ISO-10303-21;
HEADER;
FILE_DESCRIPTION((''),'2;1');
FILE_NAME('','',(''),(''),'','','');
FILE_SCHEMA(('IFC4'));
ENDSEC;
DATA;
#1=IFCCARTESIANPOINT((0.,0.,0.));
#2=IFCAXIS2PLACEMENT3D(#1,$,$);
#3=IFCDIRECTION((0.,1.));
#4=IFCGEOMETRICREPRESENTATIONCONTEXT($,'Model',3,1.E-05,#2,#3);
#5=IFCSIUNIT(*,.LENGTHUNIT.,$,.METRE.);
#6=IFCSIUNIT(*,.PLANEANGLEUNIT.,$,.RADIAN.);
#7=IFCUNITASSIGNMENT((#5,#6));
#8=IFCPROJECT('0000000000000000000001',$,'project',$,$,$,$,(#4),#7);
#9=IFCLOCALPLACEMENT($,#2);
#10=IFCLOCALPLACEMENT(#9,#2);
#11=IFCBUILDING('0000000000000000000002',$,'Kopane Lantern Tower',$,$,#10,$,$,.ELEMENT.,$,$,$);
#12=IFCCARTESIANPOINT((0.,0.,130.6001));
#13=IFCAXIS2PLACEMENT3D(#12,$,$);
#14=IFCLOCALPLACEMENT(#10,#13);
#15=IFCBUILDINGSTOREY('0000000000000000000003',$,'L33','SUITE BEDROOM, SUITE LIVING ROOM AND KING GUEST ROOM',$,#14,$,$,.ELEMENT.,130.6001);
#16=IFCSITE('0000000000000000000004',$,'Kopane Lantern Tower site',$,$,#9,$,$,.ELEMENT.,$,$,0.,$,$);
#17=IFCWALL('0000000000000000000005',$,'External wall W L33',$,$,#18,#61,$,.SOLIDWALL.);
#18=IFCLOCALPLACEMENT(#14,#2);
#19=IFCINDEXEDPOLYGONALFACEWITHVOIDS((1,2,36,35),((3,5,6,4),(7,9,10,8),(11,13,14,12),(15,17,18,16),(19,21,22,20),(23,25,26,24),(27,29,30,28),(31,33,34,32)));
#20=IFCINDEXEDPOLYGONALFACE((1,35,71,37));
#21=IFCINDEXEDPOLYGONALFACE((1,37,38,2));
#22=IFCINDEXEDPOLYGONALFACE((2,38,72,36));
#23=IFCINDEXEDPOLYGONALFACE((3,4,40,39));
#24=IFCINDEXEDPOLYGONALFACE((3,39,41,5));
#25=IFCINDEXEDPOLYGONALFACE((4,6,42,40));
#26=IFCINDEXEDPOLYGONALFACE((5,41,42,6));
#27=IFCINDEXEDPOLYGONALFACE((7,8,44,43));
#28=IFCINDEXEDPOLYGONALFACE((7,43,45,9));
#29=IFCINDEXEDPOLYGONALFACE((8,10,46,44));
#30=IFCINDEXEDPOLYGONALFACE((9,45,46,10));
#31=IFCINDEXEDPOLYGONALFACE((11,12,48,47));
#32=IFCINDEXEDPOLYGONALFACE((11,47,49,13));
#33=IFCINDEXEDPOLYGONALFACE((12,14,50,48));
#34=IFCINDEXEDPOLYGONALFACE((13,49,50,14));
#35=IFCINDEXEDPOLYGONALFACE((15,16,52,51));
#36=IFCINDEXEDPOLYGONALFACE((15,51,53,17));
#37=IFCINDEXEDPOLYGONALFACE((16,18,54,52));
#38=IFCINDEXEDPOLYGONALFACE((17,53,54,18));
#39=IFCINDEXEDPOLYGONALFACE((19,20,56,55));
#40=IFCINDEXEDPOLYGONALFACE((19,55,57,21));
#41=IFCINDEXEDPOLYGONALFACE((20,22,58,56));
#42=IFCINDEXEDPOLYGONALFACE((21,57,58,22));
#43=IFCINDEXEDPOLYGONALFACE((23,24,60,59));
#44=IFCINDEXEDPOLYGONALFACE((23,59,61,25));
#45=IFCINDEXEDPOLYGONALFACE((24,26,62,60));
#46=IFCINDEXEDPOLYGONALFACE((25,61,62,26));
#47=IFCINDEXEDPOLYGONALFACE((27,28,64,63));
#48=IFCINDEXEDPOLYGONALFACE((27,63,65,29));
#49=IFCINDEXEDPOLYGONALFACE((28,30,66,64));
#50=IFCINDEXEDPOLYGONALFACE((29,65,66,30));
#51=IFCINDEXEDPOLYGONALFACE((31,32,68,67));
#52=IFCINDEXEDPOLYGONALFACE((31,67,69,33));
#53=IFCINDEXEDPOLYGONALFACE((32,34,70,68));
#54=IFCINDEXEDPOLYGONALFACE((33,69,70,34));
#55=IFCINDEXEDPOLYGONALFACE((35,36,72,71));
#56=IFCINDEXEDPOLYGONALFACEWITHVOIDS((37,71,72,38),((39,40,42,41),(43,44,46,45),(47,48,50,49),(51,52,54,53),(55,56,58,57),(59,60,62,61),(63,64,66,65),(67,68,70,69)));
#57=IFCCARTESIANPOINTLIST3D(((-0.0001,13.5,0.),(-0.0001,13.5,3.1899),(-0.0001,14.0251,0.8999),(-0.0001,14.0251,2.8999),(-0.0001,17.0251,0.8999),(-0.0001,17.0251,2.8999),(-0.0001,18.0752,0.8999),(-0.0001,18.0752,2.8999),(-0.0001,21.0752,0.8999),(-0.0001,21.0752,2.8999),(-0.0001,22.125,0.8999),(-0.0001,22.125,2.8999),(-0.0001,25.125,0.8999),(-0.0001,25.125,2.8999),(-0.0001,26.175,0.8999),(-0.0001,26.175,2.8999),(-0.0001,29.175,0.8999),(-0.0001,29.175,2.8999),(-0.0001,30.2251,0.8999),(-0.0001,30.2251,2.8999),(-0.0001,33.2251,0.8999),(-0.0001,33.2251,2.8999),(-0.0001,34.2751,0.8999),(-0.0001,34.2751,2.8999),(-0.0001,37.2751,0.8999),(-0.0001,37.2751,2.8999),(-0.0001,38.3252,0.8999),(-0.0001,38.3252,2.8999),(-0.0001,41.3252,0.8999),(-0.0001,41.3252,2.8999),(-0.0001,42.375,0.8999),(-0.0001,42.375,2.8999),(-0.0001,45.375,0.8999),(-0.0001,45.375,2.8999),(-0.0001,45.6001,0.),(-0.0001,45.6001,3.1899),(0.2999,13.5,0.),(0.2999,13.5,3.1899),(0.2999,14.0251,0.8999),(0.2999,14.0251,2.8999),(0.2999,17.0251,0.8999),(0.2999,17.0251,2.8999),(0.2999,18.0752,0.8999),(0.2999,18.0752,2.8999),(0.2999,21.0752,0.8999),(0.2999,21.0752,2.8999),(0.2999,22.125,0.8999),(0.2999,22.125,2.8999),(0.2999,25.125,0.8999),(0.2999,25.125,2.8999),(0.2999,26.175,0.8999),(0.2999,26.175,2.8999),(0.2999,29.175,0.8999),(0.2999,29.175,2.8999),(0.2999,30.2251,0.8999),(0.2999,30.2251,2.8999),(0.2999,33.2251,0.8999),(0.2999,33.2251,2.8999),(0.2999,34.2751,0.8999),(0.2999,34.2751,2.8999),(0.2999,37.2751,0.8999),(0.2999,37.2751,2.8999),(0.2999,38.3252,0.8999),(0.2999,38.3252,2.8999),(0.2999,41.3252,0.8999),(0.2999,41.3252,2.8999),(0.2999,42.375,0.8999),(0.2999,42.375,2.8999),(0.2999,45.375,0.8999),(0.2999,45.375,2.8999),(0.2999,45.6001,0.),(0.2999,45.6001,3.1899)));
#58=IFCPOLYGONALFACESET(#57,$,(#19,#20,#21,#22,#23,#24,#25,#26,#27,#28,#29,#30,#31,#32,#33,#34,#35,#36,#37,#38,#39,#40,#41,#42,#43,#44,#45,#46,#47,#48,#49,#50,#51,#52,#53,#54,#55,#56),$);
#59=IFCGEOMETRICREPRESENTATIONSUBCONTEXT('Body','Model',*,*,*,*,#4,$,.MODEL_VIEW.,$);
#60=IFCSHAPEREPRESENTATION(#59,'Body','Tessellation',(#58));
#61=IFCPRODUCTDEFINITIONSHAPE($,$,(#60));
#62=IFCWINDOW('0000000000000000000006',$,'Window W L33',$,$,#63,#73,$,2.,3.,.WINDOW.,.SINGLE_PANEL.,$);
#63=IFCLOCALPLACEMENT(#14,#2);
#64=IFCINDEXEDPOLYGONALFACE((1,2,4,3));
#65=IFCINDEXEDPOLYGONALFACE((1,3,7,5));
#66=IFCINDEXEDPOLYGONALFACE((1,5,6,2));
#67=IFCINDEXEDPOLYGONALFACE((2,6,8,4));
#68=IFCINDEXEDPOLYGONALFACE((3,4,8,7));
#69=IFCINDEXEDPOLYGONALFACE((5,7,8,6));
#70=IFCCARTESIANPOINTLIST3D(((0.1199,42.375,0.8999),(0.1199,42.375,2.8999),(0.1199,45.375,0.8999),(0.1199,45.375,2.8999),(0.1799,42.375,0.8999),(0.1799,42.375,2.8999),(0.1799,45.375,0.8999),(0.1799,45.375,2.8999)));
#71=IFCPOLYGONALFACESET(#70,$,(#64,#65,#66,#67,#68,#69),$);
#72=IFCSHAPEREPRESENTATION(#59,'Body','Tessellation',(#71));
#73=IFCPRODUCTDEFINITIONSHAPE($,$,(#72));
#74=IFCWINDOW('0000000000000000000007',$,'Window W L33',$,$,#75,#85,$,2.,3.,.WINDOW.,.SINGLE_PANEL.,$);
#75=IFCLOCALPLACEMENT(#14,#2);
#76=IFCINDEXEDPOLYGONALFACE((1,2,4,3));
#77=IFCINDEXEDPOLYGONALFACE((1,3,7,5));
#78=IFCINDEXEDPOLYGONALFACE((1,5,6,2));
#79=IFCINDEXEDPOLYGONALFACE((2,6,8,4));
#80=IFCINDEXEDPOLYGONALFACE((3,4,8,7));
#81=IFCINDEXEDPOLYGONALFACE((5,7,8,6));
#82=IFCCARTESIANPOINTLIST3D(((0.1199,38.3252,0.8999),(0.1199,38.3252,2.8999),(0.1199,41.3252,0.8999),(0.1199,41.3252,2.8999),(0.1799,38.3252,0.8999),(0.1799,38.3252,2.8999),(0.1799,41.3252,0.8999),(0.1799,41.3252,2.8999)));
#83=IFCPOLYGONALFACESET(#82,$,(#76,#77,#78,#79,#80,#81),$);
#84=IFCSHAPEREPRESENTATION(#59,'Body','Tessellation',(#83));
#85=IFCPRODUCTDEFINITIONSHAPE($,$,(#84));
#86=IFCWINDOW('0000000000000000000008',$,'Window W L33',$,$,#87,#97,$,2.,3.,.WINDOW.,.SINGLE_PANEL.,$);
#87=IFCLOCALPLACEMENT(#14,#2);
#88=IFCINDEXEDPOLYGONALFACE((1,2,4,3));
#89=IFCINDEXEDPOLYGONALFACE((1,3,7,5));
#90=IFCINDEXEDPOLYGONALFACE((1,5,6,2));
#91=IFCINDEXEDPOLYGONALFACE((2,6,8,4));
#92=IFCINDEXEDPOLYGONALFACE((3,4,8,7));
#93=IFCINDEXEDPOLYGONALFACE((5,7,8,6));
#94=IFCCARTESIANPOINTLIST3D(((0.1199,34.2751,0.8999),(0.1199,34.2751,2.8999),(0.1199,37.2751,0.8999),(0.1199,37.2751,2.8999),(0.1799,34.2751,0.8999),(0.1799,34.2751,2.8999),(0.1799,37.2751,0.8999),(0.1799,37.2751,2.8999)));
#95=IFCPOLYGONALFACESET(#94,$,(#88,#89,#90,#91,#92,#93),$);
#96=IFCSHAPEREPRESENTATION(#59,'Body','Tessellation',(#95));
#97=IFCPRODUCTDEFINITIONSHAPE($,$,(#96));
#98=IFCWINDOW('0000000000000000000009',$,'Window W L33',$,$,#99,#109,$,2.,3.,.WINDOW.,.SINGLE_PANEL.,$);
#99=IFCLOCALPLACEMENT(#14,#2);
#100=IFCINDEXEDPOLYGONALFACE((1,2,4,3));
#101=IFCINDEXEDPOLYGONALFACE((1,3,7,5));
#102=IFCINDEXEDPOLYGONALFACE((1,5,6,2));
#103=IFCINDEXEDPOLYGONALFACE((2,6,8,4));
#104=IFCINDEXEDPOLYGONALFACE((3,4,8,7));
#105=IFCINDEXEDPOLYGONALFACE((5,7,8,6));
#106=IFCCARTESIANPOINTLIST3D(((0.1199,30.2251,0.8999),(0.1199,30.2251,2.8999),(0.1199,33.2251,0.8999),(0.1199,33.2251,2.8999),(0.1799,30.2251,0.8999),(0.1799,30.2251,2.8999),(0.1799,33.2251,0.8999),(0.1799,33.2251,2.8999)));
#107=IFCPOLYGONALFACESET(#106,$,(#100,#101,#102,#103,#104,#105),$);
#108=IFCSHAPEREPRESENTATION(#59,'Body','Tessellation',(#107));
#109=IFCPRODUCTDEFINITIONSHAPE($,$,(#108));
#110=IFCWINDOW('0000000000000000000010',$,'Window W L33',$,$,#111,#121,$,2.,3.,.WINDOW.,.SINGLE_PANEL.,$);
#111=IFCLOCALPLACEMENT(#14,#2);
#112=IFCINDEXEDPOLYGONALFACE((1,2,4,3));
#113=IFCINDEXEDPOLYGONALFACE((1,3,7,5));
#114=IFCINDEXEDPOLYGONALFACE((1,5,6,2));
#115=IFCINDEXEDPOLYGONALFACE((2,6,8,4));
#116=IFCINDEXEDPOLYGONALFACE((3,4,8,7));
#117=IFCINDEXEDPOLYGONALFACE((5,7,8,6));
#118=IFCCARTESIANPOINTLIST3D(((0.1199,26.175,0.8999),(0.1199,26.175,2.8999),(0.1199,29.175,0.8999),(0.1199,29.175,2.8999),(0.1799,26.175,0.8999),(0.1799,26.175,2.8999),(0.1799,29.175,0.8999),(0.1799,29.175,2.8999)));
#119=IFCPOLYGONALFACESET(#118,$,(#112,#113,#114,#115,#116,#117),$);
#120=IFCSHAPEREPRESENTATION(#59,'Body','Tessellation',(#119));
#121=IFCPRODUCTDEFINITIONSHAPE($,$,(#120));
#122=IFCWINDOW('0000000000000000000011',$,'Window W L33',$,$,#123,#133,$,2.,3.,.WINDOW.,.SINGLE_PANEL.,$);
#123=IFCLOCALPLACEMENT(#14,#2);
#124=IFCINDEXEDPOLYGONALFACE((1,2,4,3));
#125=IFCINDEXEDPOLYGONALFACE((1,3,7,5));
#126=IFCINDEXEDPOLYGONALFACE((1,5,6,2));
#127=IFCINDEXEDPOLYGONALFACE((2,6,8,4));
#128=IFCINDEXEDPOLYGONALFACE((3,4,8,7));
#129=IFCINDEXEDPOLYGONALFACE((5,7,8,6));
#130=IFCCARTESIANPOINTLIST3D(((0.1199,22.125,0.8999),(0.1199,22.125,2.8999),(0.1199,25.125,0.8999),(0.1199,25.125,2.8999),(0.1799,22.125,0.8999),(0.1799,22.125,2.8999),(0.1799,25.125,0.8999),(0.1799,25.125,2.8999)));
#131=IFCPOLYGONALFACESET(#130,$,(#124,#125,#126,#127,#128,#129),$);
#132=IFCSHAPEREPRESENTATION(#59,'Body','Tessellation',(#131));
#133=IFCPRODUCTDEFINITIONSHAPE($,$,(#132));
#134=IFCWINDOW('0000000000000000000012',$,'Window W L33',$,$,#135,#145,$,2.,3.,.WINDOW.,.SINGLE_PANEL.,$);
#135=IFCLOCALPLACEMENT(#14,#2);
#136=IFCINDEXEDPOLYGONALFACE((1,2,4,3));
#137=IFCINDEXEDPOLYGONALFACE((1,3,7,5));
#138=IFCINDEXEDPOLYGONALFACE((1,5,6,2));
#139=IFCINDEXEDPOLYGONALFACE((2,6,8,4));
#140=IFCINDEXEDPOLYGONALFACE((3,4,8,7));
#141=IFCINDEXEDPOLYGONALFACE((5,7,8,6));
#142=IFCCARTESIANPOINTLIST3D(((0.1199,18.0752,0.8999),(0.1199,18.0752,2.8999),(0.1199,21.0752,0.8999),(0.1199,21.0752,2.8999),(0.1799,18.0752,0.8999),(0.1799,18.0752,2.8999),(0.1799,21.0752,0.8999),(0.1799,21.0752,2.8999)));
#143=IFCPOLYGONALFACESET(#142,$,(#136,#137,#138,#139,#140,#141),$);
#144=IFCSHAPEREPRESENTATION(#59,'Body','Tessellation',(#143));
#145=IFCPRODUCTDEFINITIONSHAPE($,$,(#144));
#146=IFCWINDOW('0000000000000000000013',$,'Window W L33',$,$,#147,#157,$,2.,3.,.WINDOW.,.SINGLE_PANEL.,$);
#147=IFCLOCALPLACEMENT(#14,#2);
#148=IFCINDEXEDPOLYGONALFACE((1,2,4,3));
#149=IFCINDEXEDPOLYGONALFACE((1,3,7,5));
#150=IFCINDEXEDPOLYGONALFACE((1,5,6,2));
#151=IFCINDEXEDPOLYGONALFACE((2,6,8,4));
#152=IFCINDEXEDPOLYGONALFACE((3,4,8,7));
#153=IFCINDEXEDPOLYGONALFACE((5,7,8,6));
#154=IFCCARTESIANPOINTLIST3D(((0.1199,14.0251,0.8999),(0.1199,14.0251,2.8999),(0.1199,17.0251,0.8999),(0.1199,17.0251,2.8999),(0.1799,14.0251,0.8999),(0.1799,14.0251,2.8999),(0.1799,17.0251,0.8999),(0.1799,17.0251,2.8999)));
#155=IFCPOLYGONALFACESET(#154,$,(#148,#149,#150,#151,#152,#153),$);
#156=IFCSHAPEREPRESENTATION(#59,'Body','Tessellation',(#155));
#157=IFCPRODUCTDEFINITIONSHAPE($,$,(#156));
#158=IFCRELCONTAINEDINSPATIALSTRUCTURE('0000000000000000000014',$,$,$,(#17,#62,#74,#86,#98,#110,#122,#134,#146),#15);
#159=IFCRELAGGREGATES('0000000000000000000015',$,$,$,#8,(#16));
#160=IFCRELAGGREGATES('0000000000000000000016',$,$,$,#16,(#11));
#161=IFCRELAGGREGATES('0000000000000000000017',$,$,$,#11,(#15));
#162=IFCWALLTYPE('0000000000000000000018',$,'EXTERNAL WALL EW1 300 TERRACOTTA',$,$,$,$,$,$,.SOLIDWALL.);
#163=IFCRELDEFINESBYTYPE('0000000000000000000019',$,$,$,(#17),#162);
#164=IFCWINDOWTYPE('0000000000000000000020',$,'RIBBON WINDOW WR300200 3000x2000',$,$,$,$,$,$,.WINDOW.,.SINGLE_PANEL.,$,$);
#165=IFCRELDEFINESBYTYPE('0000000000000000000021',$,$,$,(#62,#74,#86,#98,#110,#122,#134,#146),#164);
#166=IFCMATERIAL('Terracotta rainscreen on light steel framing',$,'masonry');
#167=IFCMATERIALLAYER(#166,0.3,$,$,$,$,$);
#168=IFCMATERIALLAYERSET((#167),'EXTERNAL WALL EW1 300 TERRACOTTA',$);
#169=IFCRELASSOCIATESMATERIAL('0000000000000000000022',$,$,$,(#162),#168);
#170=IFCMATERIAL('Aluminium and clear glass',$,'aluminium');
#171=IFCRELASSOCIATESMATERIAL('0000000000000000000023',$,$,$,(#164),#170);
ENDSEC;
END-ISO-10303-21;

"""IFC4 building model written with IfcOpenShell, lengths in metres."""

from ifc_helpers import new_model, si_unit, direction, frame, frame_2d, origin, place, context, subcontext, project, spatial, rectangle, extrude, material, layer, layer_set, type_object, element, fill, save


model = new_model("IFC4")

# Units and contexts
model_context = context("Model", 3, precision=1e-05, world=origin(), true_north=direction((0.0, 1.0)))
body_context = subcontext(model_context, "Body", "Model", "MODEL_VIEW")
ifc_project = project(units=[si_unit("LENGTHUNIT", "METRE"), si_unit("PLANEANGLEUNIT", "RADIAN")], contexts=[model_context])

# Site, building, storey
site_placement = place(None, origin())
site = spatial("IfcSite", under=ifc_project, at=site_placement, Name="Kopane Lantern Tower site", CompositionType="ELEMENT", RefElevation=0.0)
building_placement = place(site_placement, origin())
building = spatial("IfcBuilding", under=site, at=building_placement, Name="Kopane Lantern Tower", CompositionType="ELEMENT")
storey_placement = place(building_placement, frame((0.0, 0.0, 130.6001)))
storey = spatial("IfcBuildingStorey", under=building, at=storey_placement, Name="L33", Description="SUITE BEDROOM, SUITE LIVING ROOM AND KING GUEST ROOM", CompositionType="ELEMENT", Elevation=130.6001)

# Shared definitions
ifc_material_1 = material(Name="Terracotta rainscreen on light steel framing", Category="masonry")
ifc_layer_1 = layer(ifc_material_1, 0.3)
ifc_layer_set_1 = layer_set([ifc_layer_1], Name="EXTERNAL WALL EW1 300 TERRACOTTA")
wall_type_1 = type_object("IfcWallType", Name="EXTERNAL WALL EW1 300 TERRACOTTA", PredefinedType="SOLIDWALL", material=ifc_layer_set_1)

# Wall, openings, windows
wall_1_placement = place(storey_placement, frame((0.1499, 45.6001, 0.0), z_axis=(0.0, 0.0, 1.0), x_axis=(0.0, -1.0, 0.0)))
wall_1 = element("IfcWall", 1, at=wall_1_placement, inside=storey, type_object=wall_type_1, Name="External wall W L33", PredefinedType="SOLIDWALL", context=body_context, shape_type="SweptSolid", body=[
    extrude(rectangle(XDim=32.1001, YDim=0.3, at=frame_2d((16.05, 0.0))), origin(), (0.0, 0.0, 1.0), 3.1899),
])
opening_1_placement = place(wall_1_placement, frame((0.2251, 0.0, 0.8999)))
opening_1 = element("IfcOpeningElement", 2, at=opening_1_placement, cuts=wall_1, PredefinedType="OPENING", context=body_context, shape_type="SweptSolid", body=[
    extrude(rectangle(XDim=3.0, YDim=2.0, at=frame_2d((1.5, 1.0))), frame((0.0, 0.1599, 0.0), z_axis=(0.0, -1.0, 0.0), x_axis=(1.0, 0.0, 0.0)), (0.0, 0.0, 1.0), 0.3201),
])
opening_2_placement = place(wall_1_placement, frame((4.2749, 0.0, 0.8999)))
opening_2 = element("IfcOpeningElement", 3, at=opening_2_placement, cuts=wall_1, PredefinedType="OPENING", context=body_context, shape_type="SweptSolid", body=[
    extrude(rectangle(XDim=3.0, YDim=2.0, at=frame_2d((1.5, 1.0))), frame((0.0, 0.1599, 0.0), z_axis=(0.0, -1.0, 0.0), x_axis=(1.0, 0.0, 0.0)), (0.0, 0.0, 1.0), 0.3201),
])
opening_3_placement = place(wall_1_placement, frame((8.325, 0.0, 0.8999)))
opening_3 = element("IfcOpeningElement", 4, at=opening_3_placement, cuts=wall_1, PredefinedType="OPENING", context=body_context, shape_type="SweptSolid", body=[
    extrude(rectangle(XDim=3.0, YDim=2.0, at=frame_2d((1.5, 1.0))), frame((0.0, 0.1599, 0.0), z_axis=(0.0, -1.0, 0.0), x_axis=(1.0, 0.0, 0.0)), (0.0, 0.0, 1.0), 0.3201),
])
opening_4_placement = place(wall_1_placement, frame((12.375, 0.0, 0.8999)))
opening_4 = element("IfcOpeningElement", 5, at=opening_4_placement, cuts=wall_1, PredefinedType="OPENING", context=body_context, shape_type="SweptSolid", body=[
    extrude(rectangle(XDim=3.0, YDim=2.0, at=frame_2d((1.5, 1.0))), frame((0.0, 0.1599, 0.0), z_axis=(0.0, -1.0, 0.0), x_axis=(1.0, 0.0, 0.0)), (0.0, 0.0, 1.0), 0.3201),
])
opening_5_placement = place(wall_1_placement, frame((16.425, 0.0, 0.8999)))
opening_5 = element("IfcOpeningElement", 6, at=opening_5_placement, cuts=wall_1, PredefinedType="OPENING", context=body_context, shape_type="SweptSolid", body=[
    extrude(rectangle(XDim=3.0, YDim=2.0, at=frame_2d((1.5, 1.0))), frame((0.0, 0.1599, 0.0), z_axis=(0.0, -1.0, 0.0), x_axis=(1.0, 0.0, 0.0)), (0.0, 0.0, 1.0), 0.3201),
])
opening_6_placement = place(wall_1_placement, frame((20.4751, 0.0, 0.8999)))
opening_6 = element("IfcOpeningElement", 7, at=opening_6_placement, cuts=wall_1, PredefinedType="OPENING", context=body_context, shape_type="SweptSolid", body=[
    extrude(rectangle(XDim=3.0, YDim=2.0, at=frame_2d((1.5, 1.0))), frame((0.0, 0.1599, 0.0), z_axis=(0.0, -1.0, 0.0), x_axis=(1.0, 0.0, 0.0)), (0.0, 0.0, 1.0), 0.3201),
])
opening_7_placement = place(wall_1_placement, frame((24.5249, 0.0, 0.8999)))
opening_7 = element("IfcOpeningElement", 8, at=opening_7_placement, cuts=wall_1, PredefinedType="OPENING", context=body_context, shape_type="SweptSolid", body=[
    extrude(rectangle(XDim=3.0, YDim=2.0, at=frame_2d((1.5, 1.0))), frame((0.0, 0.1599, 0.0), z_axis=(0.0, -1.0, 0.0), x_axis=(1.0, 0.0, 0.0)), (0.0, 0.0, 1.0), 0.3201),
])
opening_8_placement = place(wall_1_placement, frame((28.575, 0.0, 0.8999)))
opening_8 = element("IfcOpeningElement", 9, at=opening_8_placement, cuts=wall_1, PredefinedType="OPENING", context=body_context, shape_type="SweptSolid", body=[
    extrude(rectangle(XDim=3.0, YDim=2.0, at=frame_2d((1.5, 1.0))), frame((0.0, 0.1599, 0.0), z_axis=(0.0, -1.0, 0.0), x_axis=(1.0, 0.0, 0.0)), (0.0, 0.0, 1.0), 0.3201),
])
ifc_material_2 = material(Name="Aluminium and clear glass", Category="aluminium")
window_type_1 = type_object("IfcWindowType", Name="RIBBON WINDOW WR300200 3000x2000", PartitioningType="SINGLE_PANEL", PredefinedType="WINDOW", material=ifc_material_2)
window_1_placement = place(opening_1_placement, origin())
window_1 = element("IfcWindow", 10, at=window_1_placement, inside=storey, type_object=window_type_1, Name="Window W L33", OverallHeight=2.0, OverallWidth=3.0, PartitioningType="SINGLE_PANEL", PredefinedType="WINDOW", context=body_context, shape_type="SweptSolid", body=[
    extrude(rectangle(XDim=3.0, YDim=2.0, at=frame_2d((1.5, 1.0))), frame((0.0, 0.03, 0.0), z_axis=(0.0, -1.0, 0.0), x_axis=(1.0, 0.0, 0.0)), (0.0, 0.0, 1.0), 0.0601),
])
fill(opening_1, window_1)
window_2_placement = place(opening_2_placement, origin())
window_2 = element("IfcWindow", 11, at=window_2_placement, inside=storey, type_object=window_type_1, Name="Window W L33", OverallHeight=2.0, OverallWidth=3.0, PartitioningType="SINGLE_PANEL", PredefinedType="WINDOW", context=body_context, shape_type="SweptSolid", body=[
    extrude(rectangle(XDim=3.0, YDim=2.0, at=frame_2d((1.5, 1.0))), frame((0.0, 0.03, 0.0), z_axis=(0.0, -1.0, 0.0), x_axis=(1.0, 0.0, 0.0)), (0.0, 0.0, 1.0), 0.0601),
])
fill(opening_2, window_2)
window_3_placement = place(opening_3_placement, origin())
window_3 = element("IfcWindow", 12, at=window_3_placement, inside=storey, type_object=window_type_1, Name="Window W L33", OverallHeight=2.0, OverallWidth=3.0, PartitioningType="SINGLE_PANEL", PredefinedType="WINDOW", context=body_context, shape_type="SweptSolid", body=[
    extrude(rectangle(XDim=3.0, YDim=2.0, at=frame_2d((1.5, 1.0))), frame((0.0, 0.03, 0.0), z_axis=(0.0, -1.0, 0.0), x_axis=(1.0, 0.0, 0.0)), (0.0, 0.0, 1.0), 0.0601),
])
fill(opening_3, window_3)
window_4_placement = place(opening_4_placement, origin())
window_4 = element("IfcWindow", 13, at=window_4_placement, inside=storey, type_object=window_type_1, Name="Window W L33", OverallHeight=2.0, OverallWidth=3.0, PartitioningType="SINGLE_PANEL", PredefinedType="WINDOW", context=body_context, shape_type="SweptSolid", body=[
    extrude(rectangle(XDim=3.0, YDim=2.0, at=frame_2d((1.5, 1.0))), frame((0.0, 0.03, 0.0), z_axis=(0.0, -1.0, 0.0), x_axis=(1.0, 0.0, 0.0)), (0.0, 0.0, 1.0), 0.0601),
])
fill(opening_4, window_4)
window_5_placement = place(opening_5_placement, origin())
window_5 = element("IfcWindow", 14, at=window_5_placement, inside=storey, type_object=window_type_1, Name="Window W L33", OverallHeight=2.0, OverallWidth=3.0, PartitioningType="SINGLE_PANEL", PredefinedType="WINDOW", context=body_context, shape_type="SweptSolid", body=[
    extrude(rectangle(XDim=3.0, YDim=2.0, at=frame_2d((1.5, 1.0))), frame((0.0, 0.03, 0.0), z_axis=(0.0, -1.0, 0.0), x_axis=(1.0, 0.0, 0.0)), (0.0, 0.0, 1.0), 0.0601),
])
fill(opening_5, window_5)
window_6_placement = place(opening_6_placement, origin())
window_6 = element("IfcWindow", 15, at=window_6_placement, inside=storey, type_object=window_type_1, Name="Window W L33", OverallHeight=2.0, OverallWidth=3.0, PartitioningType="SINGLE_PANEL", PredefinedType="WINDOW", context=body_context, shape_type="SweptSolid", body=[
    extrude(rectangle(XDim=3.0, YDim=2.0, at=frame_2d((1.5, 1.0))), frame((0.0, 0.03, 0.0), z_axis=(0.0, -1.0, 0.0), x_axis=(1.0, 0.0, 0.0)), (0.0, 0.0, 1.0), 0.0601),
])
fill(opening_6, window_6)
window_7_placement = place(opening_7_placement, origin())
window_7 = element("IfcWindow", 16, at=window_7_placement, inside=storey, type_object=window_type_1, Name="Window W L33", OverallHeight=2.0, OverallWidth=3.0, PartitioningType="SINGLE_PANEL", PredefinedType="WINDOW", context=body_context, shape_type="SweptSolid", body=[
    extrude(rectangle(XDim=3.0, YDim=2.0, at=frame_2d((1.5, 1.0))), frame((0.0, 0.03, 0.0), z_axis=(0.0, -1.0, 0.0), x_axis=(1.0, 0.0, 0.0)), (0.0, 0.0, 1.0), 0.0601),
])
fill(opening_7, window_7)
window_8_placement = place(opening_8_placement, origin())
window_8 = element("IfcWindow", 17, at=window_8_placement, inside=storey, type_object=window_type_1, Name="Window W L33", OverallHeight=2.0, OverallWidth=3.0, PartitioningType="SINGLE_PANEL", PredefinedType="WINDOW", context=body_context, shape_type="SweptSolid", body=[
    extrude(rectangle(XDim=3.0, YDim=2.0, at=frame_2d((1.5, 1.0))), frame((0.0, 0.03, 0.0), z_axis=(0.0, -1.0, 0.0), x_axis=(1.0, 0.0, 0.0)), (0.0, 0.0, 1.0), 0.0601),
])
fill(opening_8, window_8)

save(model, "model.ifc")
